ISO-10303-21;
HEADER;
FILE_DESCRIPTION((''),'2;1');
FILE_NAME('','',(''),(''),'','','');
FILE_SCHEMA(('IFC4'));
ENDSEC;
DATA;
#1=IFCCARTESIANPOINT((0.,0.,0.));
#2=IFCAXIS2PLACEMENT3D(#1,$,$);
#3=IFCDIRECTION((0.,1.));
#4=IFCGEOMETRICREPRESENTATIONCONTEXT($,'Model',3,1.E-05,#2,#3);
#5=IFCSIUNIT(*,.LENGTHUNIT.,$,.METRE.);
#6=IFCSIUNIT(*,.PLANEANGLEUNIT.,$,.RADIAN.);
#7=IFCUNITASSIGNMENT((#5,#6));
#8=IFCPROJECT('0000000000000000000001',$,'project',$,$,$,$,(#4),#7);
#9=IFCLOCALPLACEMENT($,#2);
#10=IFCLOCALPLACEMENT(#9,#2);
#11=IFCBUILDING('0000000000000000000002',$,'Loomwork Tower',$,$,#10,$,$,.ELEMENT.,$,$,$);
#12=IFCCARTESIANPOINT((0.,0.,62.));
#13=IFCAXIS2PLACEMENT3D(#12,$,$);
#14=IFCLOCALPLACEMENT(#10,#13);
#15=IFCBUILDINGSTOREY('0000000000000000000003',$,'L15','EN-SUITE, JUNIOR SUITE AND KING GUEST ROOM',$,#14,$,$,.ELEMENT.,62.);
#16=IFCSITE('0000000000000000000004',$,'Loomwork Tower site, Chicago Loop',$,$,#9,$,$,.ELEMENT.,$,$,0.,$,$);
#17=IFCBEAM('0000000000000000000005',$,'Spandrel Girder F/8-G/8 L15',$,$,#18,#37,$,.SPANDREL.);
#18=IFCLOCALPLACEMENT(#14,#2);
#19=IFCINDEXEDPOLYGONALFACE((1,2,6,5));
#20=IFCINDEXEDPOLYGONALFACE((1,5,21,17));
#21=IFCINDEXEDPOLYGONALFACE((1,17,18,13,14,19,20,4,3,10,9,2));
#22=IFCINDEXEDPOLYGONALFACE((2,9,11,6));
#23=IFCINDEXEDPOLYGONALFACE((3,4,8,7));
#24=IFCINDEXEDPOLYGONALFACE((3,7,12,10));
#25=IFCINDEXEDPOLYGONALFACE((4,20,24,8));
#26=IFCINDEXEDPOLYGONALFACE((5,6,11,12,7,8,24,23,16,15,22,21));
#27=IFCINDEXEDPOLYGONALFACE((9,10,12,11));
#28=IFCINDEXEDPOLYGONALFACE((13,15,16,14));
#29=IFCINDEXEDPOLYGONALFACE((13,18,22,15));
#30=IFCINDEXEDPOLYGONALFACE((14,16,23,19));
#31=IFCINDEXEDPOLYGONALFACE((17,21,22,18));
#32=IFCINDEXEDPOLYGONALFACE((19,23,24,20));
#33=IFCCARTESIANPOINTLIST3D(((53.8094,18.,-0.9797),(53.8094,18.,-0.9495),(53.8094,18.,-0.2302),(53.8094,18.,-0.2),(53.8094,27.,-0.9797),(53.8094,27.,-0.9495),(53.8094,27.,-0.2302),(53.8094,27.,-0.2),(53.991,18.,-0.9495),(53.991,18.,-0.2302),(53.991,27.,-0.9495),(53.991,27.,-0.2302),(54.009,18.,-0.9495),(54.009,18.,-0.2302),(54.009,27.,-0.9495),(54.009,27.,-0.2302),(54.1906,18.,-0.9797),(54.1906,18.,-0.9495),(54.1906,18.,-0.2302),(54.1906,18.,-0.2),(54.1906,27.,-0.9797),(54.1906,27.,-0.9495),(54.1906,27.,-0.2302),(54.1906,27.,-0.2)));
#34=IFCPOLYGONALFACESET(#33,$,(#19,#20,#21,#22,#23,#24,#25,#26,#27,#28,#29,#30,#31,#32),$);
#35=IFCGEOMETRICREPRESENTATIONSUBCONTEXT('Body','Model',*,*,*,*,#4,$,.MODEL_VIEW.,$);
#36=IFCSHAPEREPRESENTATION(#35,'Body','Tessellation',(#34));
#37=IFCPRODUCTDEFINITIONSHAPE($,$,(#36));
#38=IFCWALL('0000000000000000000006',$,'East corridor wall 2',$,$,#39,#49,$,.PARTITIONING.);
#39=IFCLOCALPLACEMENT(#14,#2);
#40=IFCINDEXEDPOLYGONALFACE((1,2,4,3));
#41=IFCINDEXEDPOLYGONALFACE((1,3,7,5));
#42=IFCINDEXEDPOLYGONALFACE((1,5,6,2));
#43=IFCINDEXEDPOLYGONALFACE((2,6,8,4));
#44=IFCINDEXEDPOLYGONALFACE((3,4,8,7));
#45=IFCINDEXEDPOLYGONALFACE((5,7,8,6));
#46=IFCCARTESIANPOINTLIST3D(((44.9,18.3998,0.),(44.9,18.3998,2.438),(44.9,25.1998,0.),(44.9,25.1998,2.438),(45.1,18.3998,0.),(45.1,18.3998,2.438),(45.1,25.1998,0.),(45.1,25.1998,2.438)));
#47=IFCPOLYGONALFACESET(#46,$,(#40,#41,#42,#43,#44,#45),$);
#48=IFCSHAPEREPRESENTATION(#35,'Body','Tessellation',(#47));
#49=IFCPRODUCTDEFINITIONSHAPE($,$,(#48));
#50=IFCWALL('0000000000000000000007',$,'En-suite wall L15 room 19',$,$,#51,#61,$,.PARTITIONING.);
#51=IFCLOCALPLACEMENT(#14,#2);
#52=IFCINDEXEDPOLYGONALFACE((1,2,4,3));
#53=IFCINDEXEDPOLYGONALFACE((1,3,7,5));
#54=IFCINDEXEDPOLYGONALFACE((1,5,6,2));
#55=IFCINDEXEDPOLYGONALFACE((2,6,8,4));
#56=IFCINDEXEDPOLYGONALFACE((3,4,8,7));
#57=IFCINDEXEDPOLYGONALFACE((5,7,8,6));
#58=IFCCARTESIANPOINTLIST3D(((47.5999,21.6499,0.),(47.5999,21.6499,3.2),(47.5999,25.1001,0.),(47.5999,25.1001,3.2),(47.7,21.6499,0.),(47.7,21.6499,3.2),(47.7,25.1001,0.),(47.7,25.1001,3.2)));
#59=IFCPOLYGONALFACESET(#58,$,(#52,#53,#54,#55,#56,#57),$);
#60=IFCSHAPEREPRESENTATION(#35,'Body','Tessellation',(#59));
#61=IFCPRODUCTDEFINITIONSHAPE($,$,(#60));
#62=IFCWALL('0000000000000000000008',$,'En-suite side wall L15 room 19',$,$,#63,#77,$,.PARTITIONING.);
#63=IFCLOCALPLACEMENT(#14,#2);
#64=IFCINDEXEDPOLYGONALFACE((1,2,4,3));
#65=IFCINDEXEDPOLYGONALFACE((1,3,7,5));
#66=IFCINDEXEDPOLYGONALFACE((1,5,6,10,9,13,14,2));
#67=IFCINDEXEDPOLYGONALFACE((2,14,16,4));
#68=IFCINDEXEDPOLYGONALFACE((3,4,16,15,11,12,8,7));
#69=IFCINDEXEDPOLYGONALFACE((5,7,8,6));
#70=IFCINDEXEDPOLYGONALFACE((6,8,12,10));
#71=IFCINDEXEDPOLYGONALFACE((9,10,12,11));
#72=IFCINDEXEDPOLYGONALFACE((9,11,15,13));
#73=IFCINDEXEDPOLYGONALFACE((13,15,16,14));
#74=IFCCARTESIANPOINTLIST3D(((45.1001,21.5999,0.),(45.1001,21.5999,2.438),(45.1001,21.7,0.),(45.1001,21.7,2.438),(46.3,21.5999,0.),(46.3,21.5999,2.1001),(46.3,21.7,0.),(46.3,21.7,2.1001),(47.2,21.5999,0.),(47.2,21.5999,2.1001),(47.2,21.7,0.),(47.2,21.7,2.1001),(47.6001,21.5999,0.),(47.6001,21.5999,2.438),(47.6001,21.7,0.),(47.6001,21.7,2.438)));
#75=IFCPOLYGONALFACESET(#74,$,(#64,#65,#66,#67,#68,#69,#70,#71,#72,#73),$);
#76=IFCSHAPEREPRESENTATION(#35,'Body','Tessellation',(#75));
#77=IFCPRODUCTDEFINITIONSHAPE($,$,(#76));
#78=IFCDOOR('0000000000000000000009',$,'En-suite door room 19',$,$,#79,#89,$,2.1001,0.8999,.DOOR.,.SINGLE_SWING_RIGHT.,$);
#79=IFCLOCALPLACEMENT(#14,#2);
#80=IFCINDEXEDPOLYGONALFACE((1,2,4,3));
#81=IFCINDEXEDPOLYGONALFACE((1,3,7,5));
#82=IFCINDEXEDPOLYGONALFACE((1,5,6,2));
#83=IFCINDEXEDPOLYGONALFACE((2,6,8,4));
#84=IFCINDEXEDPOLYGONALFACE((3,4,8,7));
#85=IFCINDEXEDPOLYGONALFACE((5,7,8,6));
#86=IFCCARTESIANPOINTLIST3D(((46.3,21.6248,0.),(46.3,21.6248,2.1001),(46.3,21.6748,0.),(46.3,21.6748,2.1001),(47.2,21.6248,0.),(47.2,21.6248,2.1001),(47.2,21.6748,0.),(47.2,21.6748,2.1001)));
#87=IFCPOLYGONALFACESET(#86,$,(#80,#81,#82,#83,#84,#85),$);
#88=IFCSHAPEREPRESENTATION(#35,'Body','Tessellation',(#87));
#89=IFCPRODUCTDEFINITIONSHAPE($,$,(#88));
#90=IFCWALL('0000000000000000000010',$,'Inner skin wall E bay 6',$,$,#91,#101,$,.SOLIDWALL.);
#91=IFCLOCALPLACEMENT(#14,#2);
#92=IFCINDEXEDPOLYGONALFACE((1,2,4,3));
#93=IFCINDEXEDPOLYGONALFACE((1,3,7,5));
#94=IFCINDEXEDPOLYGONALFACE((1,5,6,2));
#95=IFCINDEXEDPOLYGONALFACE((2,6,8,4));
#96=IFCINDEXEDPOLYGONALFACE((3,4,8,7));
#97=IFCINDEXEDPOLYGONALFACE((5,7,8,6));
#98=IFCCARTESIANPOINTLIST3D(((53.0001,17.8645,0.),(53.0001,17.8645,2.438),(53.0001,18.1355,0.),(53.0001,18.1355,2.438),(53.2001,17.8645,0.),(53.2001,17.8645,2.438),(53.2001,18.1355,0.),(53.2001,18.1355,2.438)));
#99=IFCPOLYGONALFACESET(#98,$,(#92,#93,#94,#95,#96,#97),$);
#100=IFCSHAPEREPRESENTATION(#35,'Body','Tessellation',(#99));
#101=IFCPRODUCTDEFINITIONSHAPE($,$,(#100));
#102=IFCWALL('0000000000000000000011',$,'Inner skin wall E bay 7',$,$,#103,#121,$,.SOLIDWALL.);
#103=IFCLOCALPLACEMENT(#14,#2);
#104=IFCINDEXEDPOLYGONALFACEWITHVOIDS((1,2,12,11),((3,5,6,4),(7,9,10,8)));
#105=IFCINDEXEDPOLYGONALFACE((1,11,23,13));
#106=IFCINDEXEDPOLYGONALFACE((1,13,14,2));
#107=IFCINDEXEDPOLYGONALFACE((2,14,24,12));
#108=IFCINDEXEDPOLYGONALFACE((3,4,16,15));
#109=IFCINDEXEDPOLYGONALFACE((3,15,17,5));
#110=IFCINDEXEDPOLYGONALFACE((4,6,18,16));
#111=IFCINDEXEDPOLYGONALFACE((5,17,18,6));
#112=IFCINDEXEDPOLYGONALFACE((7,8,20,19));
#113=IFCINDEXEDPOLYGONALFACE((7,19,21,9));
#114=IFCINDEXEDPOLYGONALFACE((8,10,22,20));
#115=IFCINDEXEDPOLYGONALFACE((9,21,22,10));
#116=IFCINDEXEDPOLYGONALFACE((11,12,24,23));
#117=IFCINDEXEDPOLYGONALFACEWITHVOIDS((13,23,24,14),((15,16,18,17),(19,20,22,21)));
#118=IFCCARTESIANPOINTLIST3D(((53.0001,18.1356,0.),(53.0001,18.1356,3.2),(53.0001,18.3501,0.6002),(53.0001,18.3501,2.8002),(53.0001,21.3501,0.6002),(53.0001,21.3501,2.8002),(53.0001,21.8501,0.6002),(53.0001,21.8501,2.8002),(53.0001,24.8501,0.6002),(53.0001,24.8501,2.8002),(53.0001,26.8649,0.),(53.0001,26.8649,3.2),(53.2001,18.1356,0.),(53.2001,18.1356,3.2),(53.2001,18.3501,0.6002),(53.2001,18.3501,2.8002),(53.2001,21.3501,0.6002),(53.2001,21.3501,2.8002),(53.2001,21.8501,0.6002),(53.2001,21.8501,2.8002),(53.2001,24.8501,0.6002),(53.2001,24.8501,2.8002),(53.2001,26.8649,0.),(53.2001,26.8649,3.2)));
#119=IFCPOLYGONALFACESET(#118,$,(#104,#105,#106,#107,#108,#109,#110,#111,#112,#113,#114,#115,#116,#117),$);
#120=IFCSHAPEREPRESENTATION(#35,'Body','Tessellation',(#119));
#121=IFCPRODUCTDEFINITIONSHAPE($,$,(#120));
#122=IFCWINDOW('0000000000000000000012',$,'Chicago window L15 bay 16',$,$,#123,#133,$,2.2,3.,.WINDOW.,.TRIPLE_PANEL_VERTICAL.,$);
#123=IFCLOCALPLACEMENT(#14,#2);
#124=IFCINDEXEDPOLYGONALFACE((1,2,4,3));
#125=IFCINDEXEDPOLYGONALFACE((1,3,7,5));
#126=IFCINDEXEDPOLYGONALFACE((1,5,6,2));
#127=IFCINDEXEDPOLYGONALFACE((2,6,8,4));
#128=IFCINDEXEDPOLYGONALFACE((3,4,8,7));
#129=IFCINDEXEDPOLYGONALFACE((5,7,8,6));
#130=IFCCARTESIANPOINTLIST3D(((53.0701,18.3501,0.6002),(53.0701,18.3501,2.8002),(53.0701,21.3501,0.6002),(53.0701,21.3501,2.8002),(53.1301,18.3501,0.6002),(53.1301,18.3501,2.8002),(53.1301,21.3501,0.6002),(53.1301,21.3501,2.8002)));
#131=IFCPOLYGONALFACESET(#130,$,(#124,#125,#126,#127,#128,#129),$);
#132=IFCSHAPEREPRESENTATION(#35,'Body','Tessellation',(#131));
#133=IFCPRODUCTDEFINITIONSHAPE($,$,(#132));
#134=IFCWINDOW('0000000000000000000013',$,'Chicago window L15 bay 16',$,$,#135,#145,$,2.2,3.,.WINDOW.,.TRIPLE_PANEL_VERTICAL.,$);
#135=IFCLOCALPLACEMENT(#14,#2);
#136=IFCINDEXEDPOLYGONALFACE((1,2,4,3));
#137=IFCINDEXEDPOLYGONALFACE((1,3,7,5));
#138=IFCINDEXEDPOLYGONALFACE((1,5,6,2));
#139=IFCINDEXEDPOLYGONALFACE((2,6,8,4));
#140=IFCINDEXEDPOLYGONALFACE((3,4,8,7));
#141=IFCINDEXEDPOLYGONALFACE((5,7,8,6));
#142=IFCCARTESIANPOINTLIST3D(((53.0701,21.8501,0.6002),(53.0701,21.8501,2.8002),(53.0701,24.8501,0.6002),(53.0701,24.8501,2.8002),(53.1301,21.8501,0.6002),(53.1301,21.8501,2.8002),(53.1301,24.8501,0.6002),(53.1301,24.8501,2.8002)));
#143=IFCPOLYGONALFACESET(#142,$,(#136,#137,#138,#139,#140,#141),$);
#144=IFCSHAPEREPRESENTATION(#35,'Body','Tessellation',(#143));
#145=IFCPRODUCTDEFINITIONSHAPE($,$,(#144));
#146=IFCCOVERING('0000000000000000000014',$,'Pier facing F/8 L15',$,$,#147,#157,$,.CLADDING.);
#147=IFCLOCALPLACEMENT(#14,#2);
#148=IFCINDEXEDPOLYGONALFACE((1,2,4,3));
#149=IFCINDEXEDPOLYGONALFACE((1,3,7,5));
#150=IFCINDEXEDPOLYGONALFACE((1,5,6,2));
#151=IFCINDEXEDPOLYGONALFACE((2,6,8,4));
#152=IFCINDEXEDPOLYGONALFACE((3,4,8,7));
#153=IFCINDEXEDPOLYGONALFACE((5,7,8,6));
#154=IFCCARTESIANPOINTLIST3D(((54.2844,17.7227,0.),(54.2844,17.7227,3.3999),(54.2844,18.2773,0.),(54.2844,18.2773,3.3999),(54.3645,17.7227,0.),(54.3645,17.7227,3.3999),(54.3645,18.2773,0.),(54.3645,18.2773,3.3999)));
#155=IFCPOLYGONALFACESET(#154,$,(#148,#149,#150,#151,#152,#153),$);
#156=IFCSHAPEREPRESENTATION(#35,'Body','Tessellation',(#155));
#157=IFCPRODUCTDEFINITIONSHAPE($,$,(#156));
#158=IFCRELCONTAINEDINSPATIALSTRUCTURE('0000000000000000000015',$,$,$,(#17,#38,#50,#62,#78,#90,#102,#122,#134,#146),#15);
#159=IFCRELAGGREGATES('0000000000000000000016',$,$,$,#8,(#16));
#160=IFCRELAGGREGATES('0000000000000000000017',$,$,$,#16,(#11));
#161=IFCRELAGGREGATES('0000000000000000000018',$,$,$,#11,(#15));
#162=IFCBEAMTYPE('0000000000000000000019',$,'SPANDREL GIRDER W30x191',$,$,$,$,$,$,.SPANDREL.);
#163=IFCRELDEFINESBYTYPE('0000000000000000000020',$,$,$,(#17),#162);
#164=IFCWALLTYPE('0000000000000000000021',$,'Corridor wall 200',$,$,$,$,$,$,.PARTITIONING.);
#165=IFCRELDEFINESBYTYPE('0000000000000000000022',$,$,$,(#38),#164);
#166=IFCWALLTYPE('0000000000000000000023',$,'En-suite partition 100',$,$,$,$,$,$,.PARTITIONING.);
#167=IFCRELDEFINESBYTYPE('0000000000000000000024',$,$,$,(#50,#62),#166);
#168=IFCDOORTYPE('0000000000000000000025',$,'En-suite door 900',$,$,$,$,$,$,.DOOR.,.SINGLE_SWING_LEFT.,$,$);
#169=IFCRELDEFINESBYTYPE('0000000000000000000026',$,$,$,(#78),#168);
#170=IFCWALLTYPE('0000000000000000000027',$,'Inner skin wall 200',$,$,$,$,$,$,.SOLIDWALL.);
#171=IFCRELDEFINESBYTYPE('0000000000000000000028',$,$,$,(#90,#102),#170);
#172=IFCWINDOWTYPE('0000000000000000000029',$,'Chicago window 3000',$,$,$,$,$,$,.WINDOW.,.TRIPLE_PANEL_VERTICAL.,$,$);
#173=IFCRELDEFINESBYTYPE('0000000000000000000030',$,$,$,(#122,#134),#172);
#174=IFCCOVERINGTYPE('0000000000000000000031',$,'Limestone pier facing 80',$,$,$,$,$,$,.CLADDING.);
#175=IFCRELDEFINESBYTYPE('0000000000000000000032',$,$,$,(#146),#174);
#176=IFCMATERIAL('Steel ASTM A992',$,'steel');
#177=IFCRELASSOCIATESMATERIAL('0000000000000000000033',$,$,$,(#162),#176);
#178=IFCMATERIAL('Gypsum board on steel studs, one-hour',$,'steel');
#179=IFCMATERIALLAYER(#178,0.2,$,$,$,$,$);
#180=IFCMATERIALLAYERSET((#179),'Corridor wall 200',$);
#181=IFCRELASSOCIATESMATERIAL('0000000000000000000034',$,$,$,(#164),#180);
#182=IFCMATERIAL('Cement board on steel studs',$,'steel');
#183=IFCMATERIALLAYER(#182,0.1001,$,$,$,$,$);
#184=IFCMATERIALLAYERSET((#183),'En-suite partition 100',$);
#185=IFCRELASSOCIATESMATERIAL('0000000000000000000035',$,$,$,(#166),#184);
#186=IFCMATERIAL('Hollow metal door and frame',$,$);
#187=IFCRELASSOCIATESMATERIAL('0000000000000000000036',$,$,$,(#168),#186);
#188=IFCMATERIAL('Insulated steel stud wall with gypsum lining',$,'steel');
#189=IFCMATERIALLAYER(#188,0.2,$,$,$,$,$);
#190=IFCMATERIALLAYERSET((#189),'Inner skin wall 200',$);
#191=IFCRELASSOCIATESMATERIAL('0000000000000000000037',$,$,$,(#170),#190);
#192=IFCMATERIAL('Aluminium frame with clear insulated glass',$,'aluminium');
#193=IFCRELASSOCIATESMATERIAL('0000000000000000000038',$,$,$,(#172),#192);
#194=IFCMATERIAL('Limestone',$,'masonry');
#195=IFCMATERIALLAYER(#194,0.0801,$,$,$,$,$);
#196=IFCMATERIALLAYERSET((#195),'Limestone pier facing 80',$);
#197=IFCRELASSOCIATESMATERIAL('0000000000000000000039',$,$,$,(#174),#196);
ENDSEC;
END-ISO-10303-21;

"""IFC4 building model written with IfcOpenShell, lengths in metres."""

from ifc_helpers import new_model, si_unit, direction, frame, frame_2d, origin, origin_2d, place, context, subcontext, project, spatial, rectangle, i_section, extrude, material, layer, layer_set, material_profile, profile_set, type_object, element, fill, save


model = new_model("IFC4")

# Units and contexts
model_context = context("Model", 3, precision=1e-05, world=origin(), true_north=direction((0.0, 1.0)))
body_context = subcontext(model_context, "Body", "Model", "MODEL_VIEW")
ifc_project = project(units=[si_unit("LENGTHUNIT", "METRE"), si_unit("PLANEANGLEUNIT", "RADIAN")], contexts=[model_context])

# Site, building, storey
site_placement = place(None, origin())
site = spatial("IfcSite", under=ifc_project, at=site_placement, Name="Loomwork Tower site, Chicago Loop", CompositionType="ELEMENT", RefElevation=0.0)
building_placement = place(site_placement, origin())
building = spatial("IfcBuilding", under=site, at=building_placement, Name="Loomwork Tower", CompositionType="ELEMENT")
storey_placement = place(building_placement, frame((0.0, 0.0, 62.0)))
storey = spatial("IfcBuildingStorey", under=building, at=storey_placement, Name="L15", Description="EN-SUITE, JUNIOR SUITE AND KING GUEST ROOM", CompositionType="ELEMENT", Elevation=62.0)

# Beam
ifc_material_1 = material(Name="Steel ASTM A992", Category="steel")
ifc_material_profile_1 = material_profile(ifc_material_1, i_section(OverallWidth=0.3811, OverallDepth=0.7798, WebThickness=0.0181, FlangeThickness=0.0303, at=origin_2d()), Name="W30x191")
ifc_profile_set_1 = profile_set([ifc_material_profile_1], Name="Steel ASTM A992")
beam_type_1 = type_object("IfcBeamType", Name="SPANDREL GIRDER W30x191", PredefinedType="SPANDREL", material=ifc_profile_set_1)
beam_1_placement = place(storey_placement, frame((54.0, 18.0, -0.5898), z_axis=(0.0, 1.0, 0.0), x_axis=(-1.0, 0.0, 0.0)))
element("IfcBeam", 1, at=beam_1_placement, inside=storey, type_object=beam_type_1, Name="Spandrel Girder F/8-G/8 L15", PredefinedType="SPANDREL", context=body_context, shape_type="SweptSolid", body=[
    extrude(i_section(OverallWidth=0.3811, OverallDepth=0.7798, WebThickness=0.0181, FlangeThickness=0.0303, at=origin_2d()), origin(), (0.0, 0.0, 1.0), 9.0),
])

# Walls
ifc_material_2 = material(Name="Gypsum board on steel studs, one-hour", Category="steel")
ifc_layer_1 = layer(ifc_material_2, 0.2)
ifc_layer_set_1 = layer_set([ifc_layer_1], Name="Corridor wall 200")
wall_type_1 = type_object("IfcWallType", Name="Corridor wall 200", PredefinedType="PARTITIONING", material=ifc_layer_set_1)
wall_1_placement = place(storey_placement, frame((45.0, 18.3999, 0.0), z_axis=(0.0, 0.0, 1.0), x_axis=(0.0, 1.0, 0.0)))
element("IfcWall", 2, at=wall_1_placement, inside=storey, type_object=wall_type_1, Name="East corridor wall 2", PredefinedType="PARTITIONING", context=body_context, shape_type="SweptSolid", body=[
    extrude(rectangle(XDim=6.8, YDim=0.2, at=frame_2d((3.3999, 0.0))), origin(), (0.0, 0.0, 1.0), 2.438),
])
ifc_material_3 = material(Name="Cement board on steel studs", Category="steel")
ifc_layer_2 = layer(ifc_material_3, 0.1001)
ifc_layer_set_2 = layer_set([ifc_layer_2], Name="En-suite partition 100")
wall_type_2 = type_object("IfcWallType", Name="En-suite partition 100", PredefinedType="PARTITIONING", material=ifc_layer_set_2)
wall_2_placement = place(storey_placement, frame((47.6499, 21.6499, 0.0), z_axis=(0.0, 0.0, 1.0), x_axis=(0.0, 1.0, 0.0)))
element("IfcWall", 3, at=wall_2_placement, inside=storey, type_object=wall_type_2, Name="En-suite wall L15 room 19", PredefinedType="PARTITIONING", context=body_context, shape_type="SweptSolid", body=[
    extrude(rectangle(XDim=3.4502, YDim=0.1001, at=frame_2d((1.7251, 0.0))), origin(), (0.0, 0.0, 1.0), 3.2),
])

# Wall, opening, door
wall_3_placement = place(storey_placement, frame((45.1001, 21.6499, 0.0), z_axis=(0.0, 0.0, 1.0), x_axis=(1.0, 0.0, 0.0)))
wall_3 = element("IfcWall", 4, at=wall_3_placement, inside=storey, type_object=wall_type_2, Name="En-suite side wall L15 room 19", PredefinedType="PARTITIONING", context=body_context, shape_type="SweptSolid", body=[
    extrude(rectangle(XDim=2.5, YDim=0.1001, at=frame_2d((1.25, 0.0))), origin(), (0.0, 0.0, 1.0), 2.438),
])
opening_1_placement = place(wall_3_placement, frame((1.2, 0.0, 0.0)))
opening_1 = element("IfcOpeningElement", 5, at=opening_1_placement, cuts=wall_3, PredefinedType="OPENING", context=body_context, shape_type="SweptSolid", body=[
    extrude(rectangle(XDim=0.8999, YDim=2.1001, at=frame_2d((0.45, 1.05))), frame((0.0, 0.0601, 0.0), z_axis=(0.0, -1.0, 0.0), x_axis=(1.0, 0.0, 0.0)), (0.0, 0.0, 1.0), 0.1201),
])
ifc_material_4 = material(Name="Hollow metal door and frame")
door_type = type_object("IfcDoorType", Name="En-suite door 900", OperationType="SINGLE_SWING_LEFT", PredefinedType="DOOR", material=ifc_material_4)
door_placement = place(opening_1_placement, origin())
door = element("IfcDoor", 6, at=door_placement, inside=storey, type_object=door_type, Name="En-suite door room 19", OperationType="SINGLE_SWING_RIGHT", OverallHeight=2.1001, OverallWidth=0.8999, PredefinedType="DOOR", context=body_context, shape_type="SweptSolid", body=[
    extrude(rectangle(XDim=0.8999, YDim=2.1001, at=frame_2d((0.45, 1.05))), frame((0.0, 0.0249, 0.0), z_axis=(0.0, -1.0, 0.0), x_axis=(1.0, 0.0, 0.0)), (0.0, 0.0, 1.0), 0.05),
])
fill(opening_1, door)

# Wall
ifc_material_5 = material(Name="Insulated steel stud wall with gypsum lining", Category="steel")
ifc_layer_3 = layer(ifc_material_5, 0.2)
ifc_layer_set_3 = layer_set([ifc_layer_3], Name="Inner skin wall 200")
wall_type_3 = type_object("IfcWallType", Name="Inner skin wall 200", PredefinedType="SOLIDWALL", material=ifc_layer_set_3)
wall_4_placement = place(storey_placement, frame((53.1001, 17.8645, 0.0), z_axis=(0.0, 0.0, 1.0), x_axis=(0.0, 1.0, 0.0)))
element("IfcWall", 7, at=wall_4_placement, inside=storey, type_object=wall_type_3, Name="Inner skin wall E bay 6", PredefinedType="SOLIDWALL", context=body_context, shape_type="SweptSolid", body=[
    extrude(rectangle(XDim=0.271, YDim=0.2, at=frame_2d((0.1355, 0.0))), origin(), (0.0, 0.0, 1.0), 2.438),
])

# Wall, openings, windows
wall_5_placement = place(storey_placement, frame((53.1001, 18.1355, 0.0), z_axis=(0.0, 0.0, 1.0), x_axis=(0.0, 1.0, 0.0)))
wall_5 = element("IfcWall", 8, at=wall_5_placement, inside=storey, type_object=wall_type_3, Name="Inner skin wall E bay 7", PredefinedType="SOLIDWALL", context=body_context, shape_type="SweptSolid", body=[
    extrude(rectangle(XDim=8.7292, YDim=0.2, at=frame_2d((4.3647, 0.0))), origin(), (0.0, 0.0, 1.0), 3.2),
])
opening_2_placement = place(wall_5_placement, frame((0.2146, 0.0, 0.6001)))
opening_2 = element("IfcOpeningElement", 9, at=opening_2_placement, cuts=wall_5, PredefinedType="OPENING", context=body_context, shape_type="SweptSolid", body=[
    extrude(rectangle(XDim=3.0, YDim=2.2, at=frame_2d((1.5, 1.1001))), frame((0.0, 0.1099, 0.0), z_axis=(0.0, -1.0, 0.0), x_axis=(1.0, 0.0, 0.0)), (0.0, 0.0, 1.0), 0.22),
])
opening_3_placement = place(wall_5_placement, frame((3.7146, 0.0, 0.6001)))
opening_3 = element("IfcOpeningElement", 10, at=opening_3_placement, cuts=wall_5, PredefinedType="OPENING", context=body_context, shape_type="SweptSolid", body=[
    extrude(rectangle(XDim=3.0, YDim=2.2, at=frame_2d((1.5, 1.1001))), frame((0.0, 0.1099, 0.0), z_axis=(0.0, -1.0, 0.0), x_axis=(1.0, 0.0, 0.0)), (0.0, 0.0, 1.0), 0.22),
])
ifc_material_6 = material(Name="Aluminium frame with clear insulated glass", Category="aluminium")
window_type = type_object("IfcWindowType", Name="Chicago window 3000", PartitioningType="TRIPLE_PANEL_VERTICAL", PredefinedType="WINDOW", material=ifc_material_6)
window_1_placement = place(opening_2_placement, origin())
window_1 = element("IfcWindow", 11, at=window_1_placement, inside=storey, type_object=window_type, Name="Chicago window L15 bay 16", OverallHeight=2.2, OverallWidth=3.0, PartitioningType="TRIPLE_PANEL_VERTICAL", PredefinedType="WINDOW", context=body_context, shape_type="SweptSolid", body=[
    extrude(rectangle(XDim=3.0, YDim=2.2, at=frame_2d((1.5, 1.1001))), frame((0.0, 0.03, 0.0), z_axis=(0.0, -1.0, 0.0), x_axis=(1.0, 0.0, 0.0)), (0.0, 0.0, 1.0), 0.0601),
])
fill(opening_2, window_1)
window_2_placement = place(opening_3_placement, origin())
window_2 = element("IfcWindow", 12, at=window_2_placement, inside=storey, type_object=window_type, Name="Chicago window L15 bay 16", OverallHeight=2.2, OverallWidth=3.0, PartitioningType="TRIPLE_PANEL_VERTICAL", PredefinedType="WINDOW", context=body_context, shape_type="SweptSolid", body=[
    extrude(rectangle(XDim=3.0, YDim=2.2, at=frame_2d((1.5, 1.1001))), frame((0.0, 0.03, 0.0), z_axis=(0.0, -1.0, 0.0), x_axis=(1.0, 0.0, 0.0)), (0.0, 0.0, 1.0), 0.0601),
])
fill(opening_3, window_2)

# Covering
ifc_material_7 = material(Name="Limestone", Category="masonry")
ifc_layer_4 = layer(ifc_material_7, 0.0801)
ifc_layer_set_4 = layer_set([ifc_layer_4], Name="Limestone pier facing 80")
covering_type = type_object("IfcCoveringType", Name="Limestone pier facing 80", PredefinedType="CLADDING", material=ifc_layer_set_4)
covering_placement = place(storey_placement, frame((54.3245, 18.0, 0.0), z_axis=(0.0, 0.0, 1.0), x_axis=(1.0, 0.0, 0.0)))
element("IfcCovering", 13, at=covering_placement, inside=storey, type_object=covering_type, Name="Pier facing F/8 L15", PredefinedType="CLADDING", context=body_context, shape_type="SweptSolid", body=[
    extrude(rectangle(XDim=0.0801, YDim=0.5547, at=origin_2d()), origin(), (0.0, 0.0, 1.0), 3.3999),
])

save(model, "model.ifc")
